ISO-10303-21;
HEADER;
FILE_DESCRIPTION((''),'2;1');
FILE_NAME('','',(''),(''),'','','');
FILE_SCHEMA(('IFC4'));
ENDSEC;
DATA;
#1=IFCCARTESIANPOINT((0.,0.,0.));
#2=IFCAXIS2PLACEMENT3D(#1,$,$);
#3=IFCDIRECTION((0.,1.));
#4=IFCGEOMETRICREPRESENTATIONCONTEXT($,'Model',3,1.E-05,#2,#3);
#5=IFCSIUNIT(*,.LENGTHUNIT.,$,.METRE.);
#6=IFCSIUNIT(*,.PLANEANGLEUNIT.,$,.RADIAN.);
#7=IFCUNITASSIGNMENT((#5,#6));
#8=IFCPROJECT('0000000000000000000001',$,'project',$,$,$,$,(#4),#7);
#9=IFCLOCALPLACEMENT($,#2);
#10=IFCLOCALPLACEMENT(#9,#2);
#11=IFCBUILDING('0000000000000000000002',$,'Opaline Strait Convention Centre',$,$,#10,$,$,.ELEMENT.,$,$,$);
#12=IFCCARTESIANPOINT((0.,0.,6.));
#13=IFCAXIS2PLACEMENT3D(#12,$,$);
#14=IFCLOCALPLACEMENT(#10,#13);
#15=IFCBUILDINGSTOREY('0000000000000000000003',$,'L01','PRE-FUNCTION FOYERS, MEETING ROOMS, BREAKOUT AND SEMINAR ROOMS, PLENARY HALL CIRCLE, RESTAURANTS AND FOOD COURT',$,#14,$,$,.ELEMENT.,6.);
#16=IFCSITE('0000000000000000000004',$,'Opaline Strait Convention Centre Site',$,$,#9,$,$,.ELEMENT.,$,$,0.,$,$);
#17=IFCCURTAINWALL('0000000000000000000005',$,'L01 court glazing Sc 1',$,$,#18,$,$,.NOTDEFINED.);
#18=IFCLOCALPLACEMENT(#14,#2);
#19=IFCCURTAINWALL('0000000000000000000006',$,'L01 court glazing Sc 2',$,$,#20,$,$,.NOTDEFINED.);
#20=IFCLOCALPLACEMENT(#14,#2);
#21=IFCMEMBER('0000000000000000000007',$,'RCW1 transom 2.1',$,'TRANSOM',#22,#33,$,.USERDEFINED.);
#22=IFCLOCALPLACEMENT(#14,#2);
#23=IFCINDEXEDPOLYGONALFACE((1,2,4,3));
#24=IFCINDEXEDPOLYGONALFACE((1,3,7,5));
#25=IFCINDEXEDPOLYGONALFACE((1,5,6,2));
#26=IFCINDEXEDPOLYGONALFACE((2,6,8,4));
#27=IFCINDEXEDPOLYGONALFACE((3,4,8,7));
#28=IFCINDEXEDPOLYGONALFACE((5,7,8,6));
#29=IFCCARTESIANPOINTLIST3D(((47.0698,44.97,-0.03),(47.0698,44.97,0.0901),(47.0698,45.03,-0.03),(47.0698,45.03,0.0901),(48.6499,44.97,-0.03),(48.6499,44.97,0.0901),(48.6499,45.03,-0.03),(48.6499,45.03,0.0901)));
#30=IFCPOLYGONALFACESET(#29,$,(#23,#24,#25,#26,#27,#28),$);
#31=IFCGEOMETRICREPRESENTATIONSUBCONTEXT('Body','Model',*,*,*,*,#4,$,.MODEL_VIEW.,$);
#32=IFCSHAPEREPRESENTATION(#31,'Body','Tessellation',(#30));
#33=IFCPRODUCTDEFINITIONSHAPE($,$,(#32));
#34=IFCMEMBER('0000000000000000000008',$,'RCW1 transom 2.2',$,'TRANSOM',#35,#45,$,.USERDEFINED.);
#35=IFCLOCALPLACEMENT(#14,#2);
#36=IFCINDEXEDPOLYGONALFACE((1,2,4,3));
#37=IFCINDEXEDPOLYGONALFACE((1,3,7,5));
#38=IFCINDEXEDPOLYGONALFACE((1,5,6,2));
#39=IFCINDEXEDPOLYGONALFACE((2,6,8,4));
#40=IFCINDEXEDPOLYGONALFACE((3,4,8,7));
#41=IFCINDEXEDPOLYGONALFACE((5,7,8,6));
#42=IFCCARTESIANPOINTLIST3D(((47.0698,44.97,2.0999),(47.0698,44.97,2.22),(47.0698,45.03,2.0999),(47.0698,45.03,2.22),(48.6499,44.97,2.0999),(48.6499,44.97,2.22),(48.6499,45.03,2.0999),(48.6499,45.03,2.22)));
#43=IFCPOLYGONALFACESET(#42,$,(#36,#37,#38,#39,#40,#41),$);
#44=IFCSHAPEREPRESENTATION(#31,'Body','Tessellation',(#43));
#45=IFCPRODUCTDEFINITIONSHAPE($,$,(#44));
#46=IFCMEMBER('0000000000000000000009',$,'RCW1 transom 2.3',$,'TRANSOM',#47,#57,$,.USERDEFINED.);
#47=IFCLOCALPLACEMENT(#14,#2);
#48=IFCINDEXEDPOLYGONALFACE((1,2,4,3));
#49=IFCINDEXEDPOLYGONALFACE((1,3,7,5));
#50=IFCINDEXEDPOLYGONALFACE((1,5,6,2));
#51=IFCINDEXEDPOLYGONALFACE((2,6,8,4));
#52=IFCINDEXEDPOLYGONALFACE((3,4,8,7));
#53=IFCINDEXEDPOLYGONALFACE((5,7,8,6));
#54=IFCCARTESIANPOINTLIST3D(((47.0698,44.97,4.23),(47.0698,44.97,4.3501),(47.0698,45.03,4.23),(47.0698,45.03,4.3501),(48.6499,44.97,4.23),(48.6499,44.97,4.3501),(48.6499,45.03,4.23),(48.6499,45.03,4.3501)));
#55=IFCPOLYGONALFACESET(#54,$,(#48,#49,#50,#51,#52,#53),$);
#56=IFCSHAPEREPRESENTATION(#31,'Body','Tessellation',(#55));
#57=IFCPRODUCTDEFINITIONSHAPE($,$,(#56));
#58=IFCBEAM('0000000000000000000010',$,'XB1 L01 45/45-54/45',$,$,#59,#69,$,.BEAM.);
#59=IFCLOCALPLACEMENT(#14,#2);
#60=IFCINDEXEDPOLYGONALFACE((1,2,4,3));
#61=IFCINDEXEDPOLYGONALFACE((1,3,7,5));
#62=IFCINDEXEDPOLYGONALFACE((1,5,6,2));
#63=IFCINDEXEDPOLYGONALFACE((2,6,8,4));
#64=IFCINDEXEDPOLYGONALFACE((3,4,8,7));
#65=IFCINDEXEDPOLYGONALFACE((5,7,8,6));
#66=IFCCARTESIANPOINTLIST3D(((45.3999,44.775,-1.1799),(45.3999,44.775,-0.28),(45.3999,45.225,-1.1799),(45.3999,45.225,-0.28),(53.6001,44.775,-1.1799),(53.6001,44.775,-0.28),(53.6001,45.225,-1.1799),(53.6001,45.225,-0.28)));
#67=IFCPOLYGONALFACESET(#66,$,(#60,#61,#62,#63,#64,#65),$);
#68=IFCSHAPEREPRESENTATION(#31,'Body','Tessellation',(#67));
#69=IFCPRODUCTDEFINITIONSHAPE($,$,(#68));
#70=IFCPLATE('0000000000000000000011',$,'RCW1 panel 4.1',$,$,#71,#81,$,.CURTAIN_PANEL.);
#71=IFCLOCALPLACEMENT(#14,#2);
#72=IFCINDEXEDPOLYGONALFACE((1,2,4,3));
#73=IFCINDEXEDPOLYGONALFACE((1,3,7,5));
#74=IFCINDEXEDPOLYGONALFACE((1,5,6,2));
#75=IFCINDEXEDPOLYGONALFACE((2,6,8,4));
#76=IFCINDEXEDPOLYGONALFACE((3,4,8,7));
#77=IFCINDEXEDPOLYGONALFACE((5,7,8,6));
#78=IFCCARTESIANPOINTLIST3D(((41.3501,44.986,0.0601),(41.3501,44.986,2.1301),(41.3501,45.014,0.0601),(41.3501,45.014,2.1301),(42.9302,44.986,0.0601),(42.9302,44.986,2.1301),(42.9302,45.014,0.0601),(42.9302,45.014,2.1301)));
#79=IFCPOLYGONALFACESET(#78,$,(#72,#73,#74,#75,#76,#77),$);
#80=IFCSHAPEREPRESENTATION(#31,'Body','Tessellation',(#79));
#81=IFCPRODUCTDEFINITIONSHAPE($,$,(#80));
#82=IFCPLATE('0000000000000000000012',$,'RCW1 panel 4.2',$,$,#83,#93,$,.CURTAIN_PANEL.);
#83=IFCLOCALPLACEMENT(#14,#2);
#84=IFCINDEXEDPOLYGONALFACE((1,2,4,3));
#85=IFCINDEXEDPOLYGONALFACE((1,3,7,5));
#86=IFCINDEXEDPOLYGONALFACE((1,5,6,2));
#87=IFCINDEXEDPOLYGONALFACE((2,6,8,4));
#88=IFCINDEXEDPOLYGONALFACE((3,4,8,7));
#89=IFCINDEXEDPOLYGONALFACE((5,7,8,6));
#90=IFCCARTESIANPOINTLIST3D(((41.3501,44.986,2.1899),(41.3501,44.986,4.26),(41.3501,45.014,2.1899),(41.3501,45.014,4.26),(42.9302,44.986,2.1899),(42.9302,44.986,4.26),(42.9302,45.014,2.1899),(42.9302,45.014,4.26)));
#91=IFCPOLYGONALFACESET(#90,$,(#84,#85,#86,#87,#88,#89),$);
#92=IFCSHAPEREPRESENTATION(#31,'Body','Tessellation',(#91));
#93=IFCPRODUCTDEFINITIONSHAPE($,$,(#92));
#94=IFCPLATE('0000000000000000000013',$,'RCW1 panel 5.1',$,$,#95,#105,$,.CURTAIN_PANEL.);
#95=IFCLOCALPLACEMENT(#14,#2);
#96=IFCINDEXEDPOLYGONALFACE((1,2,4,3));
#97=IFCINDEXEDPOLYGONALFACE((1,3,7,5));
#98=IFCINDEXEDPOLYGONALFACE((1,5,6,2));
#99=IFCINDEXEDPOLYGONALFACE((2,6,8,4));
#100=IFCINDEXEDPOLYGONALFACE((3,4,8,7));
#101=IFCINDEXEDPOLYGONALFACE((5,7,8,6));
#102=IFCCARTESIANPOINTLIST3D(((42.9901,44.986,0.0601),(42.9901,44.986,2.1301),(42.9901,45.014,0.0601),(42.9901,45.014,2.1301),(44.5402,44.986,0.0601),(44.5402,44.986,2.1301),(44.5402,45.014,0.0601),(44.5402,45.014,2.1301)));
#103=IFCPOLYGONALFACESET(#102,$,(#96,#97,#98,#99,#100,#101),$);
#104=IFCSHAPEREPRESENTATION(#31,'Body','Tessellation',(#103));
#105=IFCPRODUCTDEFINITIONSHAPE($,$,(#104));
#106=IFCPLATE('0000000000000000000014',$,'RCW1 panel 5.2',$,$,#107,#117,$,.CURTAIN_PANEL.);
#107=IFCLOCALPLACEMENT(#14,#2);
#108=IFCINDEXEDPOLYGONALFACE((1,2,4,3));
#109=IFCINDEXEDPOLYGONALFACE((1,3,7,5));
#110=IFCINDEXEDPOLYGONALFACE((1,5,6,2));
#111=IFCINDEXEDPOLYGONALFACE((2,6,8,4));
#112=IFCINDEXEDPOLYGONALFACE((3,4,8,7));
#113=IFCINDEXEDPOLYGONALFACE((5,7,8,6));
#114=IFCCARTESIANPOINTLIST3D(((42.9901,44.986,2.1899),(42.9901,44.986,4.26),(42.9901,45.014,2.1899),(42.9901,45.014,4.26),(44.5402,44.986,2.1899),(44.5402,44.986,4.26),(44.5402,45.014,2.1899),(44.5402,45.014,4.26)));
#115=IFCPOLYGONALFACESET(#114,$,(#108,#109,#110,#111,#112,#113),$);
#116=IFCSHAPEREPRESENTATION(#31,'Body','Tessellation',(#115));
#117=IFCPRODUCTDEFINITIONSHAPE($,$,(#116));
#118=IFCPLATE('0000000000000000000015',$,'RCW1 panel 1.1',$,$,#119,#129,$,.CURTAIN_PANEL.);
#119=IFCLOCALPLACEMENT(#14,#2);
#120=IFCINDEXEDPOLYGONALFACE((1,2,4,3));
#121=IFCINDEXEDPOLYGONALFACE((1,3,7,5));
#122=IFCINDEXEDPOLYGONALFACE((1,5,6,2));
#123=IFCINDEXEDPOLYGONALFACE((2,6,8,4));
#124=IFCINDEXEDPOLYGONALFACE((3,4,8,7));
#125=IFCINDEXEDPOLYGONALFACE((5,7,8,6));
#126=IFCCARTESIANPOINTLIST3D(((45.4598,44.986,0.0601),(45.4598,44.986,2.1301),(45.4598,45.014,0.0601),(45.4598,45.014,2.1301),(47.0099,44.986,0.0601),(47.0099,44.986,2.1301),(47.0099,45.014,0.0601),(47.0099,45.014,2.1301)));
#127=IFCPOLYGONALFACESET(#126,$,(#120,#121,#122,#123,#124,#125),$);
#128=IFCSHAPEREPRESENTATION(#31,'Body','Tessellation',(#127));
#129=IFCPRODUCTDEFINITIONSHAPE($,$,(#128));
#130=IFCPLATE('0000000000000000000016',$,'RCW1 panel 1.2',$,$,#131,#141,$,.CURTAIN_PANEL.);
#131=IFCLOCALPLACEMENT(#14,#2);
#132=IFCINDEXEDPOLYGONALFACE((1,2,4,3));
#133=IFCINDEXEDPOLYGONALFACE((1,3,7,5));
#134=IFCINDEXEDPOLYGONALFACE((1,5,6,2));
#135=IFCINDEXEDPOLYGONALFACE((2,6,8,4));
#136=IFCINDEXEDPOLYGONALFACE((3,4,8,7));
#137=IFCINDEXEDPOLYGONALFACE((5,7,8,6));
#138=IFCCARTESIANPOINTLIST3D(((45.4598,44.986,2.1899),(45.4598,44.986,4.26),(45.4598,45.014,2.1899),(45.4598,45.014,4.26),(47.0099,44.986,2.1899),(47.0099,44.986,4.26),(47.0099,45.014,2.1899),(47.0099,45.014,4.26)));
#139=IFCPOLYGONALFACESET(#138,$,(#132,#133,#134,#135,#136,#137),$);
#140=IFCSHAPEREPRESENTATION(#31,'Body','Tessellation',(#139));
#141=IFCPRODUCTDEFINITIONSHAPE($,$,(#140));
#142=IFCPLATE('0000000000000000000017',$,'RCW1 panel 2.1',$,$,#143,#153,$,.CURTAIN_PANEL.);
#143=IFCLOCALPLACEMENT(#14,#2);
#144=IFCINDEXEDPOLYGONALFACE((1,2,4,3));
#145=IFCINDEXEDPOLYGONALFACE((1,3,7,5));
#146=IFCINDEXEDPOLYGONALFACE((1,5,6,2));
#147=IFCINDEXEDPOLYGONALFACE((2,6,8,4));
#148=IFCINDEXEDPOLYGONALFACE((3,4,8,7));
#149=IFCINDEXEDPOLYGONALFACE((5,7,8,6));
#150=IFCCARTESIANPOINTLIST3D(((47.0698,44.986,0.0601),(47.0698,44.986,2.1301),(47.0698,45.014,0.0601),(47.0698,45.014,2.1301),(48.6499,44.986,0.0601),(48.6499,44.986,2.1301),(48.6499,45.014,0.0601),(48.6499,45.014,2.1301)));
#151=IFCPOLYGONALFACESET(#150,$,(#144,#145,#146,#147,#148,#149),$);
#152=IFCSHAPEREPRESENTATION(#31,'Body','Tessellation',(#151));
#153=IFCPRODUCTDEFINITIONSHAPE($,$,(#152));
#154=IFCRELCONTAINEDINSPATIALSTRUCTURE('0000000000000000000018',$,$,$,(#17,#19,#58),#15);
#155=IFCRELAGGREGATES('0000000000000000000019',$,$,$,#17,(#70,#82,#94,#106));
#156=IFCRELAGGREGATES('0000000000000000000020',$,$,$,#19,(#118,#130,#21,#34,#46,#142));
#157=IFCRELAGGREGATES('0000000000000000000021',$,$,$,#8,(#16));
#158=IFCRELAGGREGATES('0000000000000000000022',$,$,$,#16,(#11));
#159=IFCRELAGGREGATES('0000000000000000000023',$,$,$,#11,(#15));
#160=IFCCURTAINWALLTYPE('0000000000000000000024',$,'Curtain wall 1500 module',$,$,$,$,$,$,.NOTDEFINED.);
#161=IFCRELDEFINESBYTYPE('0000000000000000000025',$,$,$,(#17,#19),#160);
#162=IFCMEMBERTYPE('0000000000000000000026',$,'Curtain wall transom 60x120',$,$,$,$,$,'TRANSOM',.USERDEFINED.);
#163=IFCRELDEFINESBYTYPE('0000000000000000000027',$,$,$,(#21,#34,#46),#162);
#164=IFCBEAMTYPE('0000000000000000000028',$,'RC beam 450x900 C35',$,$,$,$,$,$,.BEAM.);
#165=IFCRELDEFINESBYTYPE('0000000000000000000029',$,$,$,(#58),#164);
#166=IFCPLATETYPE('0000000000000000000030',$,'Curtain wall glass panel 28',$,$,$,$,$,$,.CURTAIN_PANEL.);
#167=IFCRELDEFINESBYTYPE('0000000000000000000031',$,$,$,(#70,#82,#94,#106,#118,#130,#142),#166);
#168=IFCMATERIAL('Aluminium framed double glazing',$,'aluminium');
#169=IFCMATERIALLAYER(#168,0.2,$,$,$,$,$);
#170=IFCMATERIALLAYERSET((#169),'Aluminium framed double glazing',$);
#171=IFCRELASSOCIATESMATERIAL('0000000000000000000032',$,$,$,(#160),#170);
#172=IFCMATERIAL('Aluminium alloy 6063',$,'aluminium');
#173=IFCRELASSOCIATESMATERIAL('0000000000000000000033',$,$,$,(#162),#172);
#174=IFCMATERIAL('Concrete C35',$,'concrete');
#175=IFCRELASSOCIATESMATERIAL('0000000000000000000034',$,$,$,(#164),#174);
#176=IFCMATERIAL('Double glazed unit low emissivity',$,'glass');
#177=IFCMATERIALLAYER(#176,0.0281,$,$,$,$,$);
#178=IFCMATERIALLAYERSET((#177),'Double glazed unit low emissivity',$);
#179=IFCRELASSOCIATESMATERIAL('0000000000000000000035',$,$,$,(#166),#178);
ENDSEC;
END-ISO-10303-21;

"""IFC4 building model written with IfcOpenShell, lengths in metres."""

from ifc_helpers import new_model, si_unit, direction, frame, origin, origin_2d, place, context, subcontext, project, spatial, rectangle, extrude, material, layer, layer_set, material_profile, profile_set, type_object, element, aggregate, save


model = new_model("IFC4")

# Units and contexts
model_context = context("Model", 3, precision=1e-05, world=origin(), true_north=direction((0.0, 1.0)))
body_context = subcontext(model_context, "Body", "Model", "MODEL_VIEW")
ifc_project = project(units=[si_unit("LENGTHUNIT", "METRE"), si_unit("PLANEANGLEUNIT", "RADIAN")], contexts=[model_context])

# Site, building, storey
site_placement = place(None, origin())
site = spatial("IfcSite", under=ifc_project, at=site_placement, Name="Opaline Strait Convention Centre Site", CompositionType="ELEMENT", RefElevation=0.0)
building_placement = place(site_placement, origin())
building = spatial("IfcBuilding", under=site, at=building_placement, Name="Opaline Strait Convention Centre", CompositionType="ELEMENT")
storey_placement = place(building_placement, frame((0.0, 0.0, 6.0)))
storey = spatial("IfcBuildingStorey", under=building, at=storey_placement, Name="L01", Description="PRE-FUNCTION FOYERS, MEETING ROOMS, BREAKOUT AND SEMINAR ROOMS, PLENARY HALL CIRCLE, RESTAURANTS AND FOOD COURT", CompositionType="ELEMENT", Elevation=6.0)

# Curtain walls
ifc_material_1 = material(Name="Aluminium framed double glazing", Category="aluminium")
ifc_layer_1 = layer(ifc_material_1, 0.2)
ifc_layer_set_1 = layer_set([ifc_layer_1], Name="Aluminium framed double glazing")
curtain_wall_type = type_object("IfcCurtainWallType", Name="Curtain wall 1500 module", PredefinedType="NOTDEFINED", material=ifc_layer_set_1)
curtain_wall_1_placement = place(storey_placement, origin())
curtain_wall_1 = element("IfcCurtainWall", 1, at=curtain_wall_1_placement, inside=storey, type_object=curtain_wall_type, Name="L01 court glazing Sc 1", PredefinedType="NOTDEFINED")
ifc_material_2 = material(Name="Aluminium alloy 6063", Category="aluminium")
curtain_wall_2_placement = place(storey_placement, origin())
curtain_wall_2 = element("IfcCurtainWall", 2, at=curtain_wall_2_placement, inside=storey, type_object=curtain_wall_type, Name="L01 court glazing Sc 2", PredefinedType="NOTDEFINED")

# Members
ifc_material_profile_1 = material_profile(ifc_material_2, rectangle(XDim=0.0601, YDim=0.1201, at=origin_2d()), Name="Curtain wall transom 60x120")
ifc_profile_set_1 = profile_set([ifc_material_profile_1], Name="Aluminium alloy 6063")
member_type_1 = type_object("IfcMemberType", Name="Curtain wall transom 60x120", ElementType="TRANSOM", PredefinedType="USERDEFINED", material=ifc_profile_set_1)
member_1_placement = place(storey_placement, frame((47.0698, 45.0, 0.03), z_axis=(1.0, 0.0, 0.0), x_axis=(0.0, 1.0, 0.0)))
member_1 = element("IfcMember", 3, at=member_1_placement, type_object=member_type_1, Name="RCW1 transom 2.1", ObjectType="TRANSOM", PredefinedType="USERDEFINED", context=body_context, shape_type="SweptSolid", body=[
    extrude(rectangle(XDim=0.0601, YDim=0.1201, at=origin_2d()), origin(), (0.0, 0.0, 1.0), 1.5801),
])
member_2_placement = place(storey_placement, frame((47.0698, 45.0, 2.1599), z_axis=(1.0, 0.0, 0.0), x_axis=(0.0, 1.0, 0.0)))
member_2 = element("IfcMember", 4, at=member_2_placement, type_object=member_type_1, Name="RCW1 transom 2.2", ObjectType="TRANSOM", PredefinedType="USERDEFINED", context=body_context, shape_type="SweptSolid", body=[
    extrude(rectangle(XDim=0.0601, YDim=0.1201, at=origin_2d()), origin(), (0.0, 0.0, 1.0), 1.5801),
])
member_3_placement = place(storey_placement, frame((47.0698, 45.0, 4.29), z_axis=(1.0, 0.0, 0.0), x_axis=(0.0, 1.0, 0.0)))
member_3 = element("IfcMember", 5, at=member_3_placement, type_object=member_type_1, Name="RCW1 transom 2.3", ObjectType="TRANSOM", PredefinedType="USERDEFINED", context=body_context, shape_type="SweptSolid", body=[
    extrude(rectangle(XDim=0.0601, YDim=0.1201, at=origin_2d()), origin(), (0.0, 0.0, 1.0), 1.5801),
])

# Beam
ifc_material_3 = material(Name="Concrete C35", Category="concrete")
ifc_material_profile_2 = material_profile(ifc_material_3, rectangle(XDim=0.45, YDim=0.8999, at=origin_2d()), Name="RC 450x900")
ifc_profile_set_2 = profile_set([ifc_material_profile_2], Name="Concrete C35")
beam_type = type_object("IfcBeamType", Name="RC beam 450x900 C35", PredefinedType="BEAM", material=ifc_profile_set_2)
beam_placement = place(storey_placement, frame((45.3999, 45.0, -0.73), z_axis=(1.0, 0.0, 0.0), x_axis=(0.0, 1.0, 0.0)))
element("IfcBeam", 6, at=beam_placement, inside=storey, type_object=beam_type, Name="XB1 L01 45/45-54/45", PredefinedType="BEAM", context=body_context, shape_type="SweptSolid", body=[
    extrude(rectangle(XDim=0.45, YDim=0.8999, at=origin_2d()), origin(), (0.0, 0.0, 1.0), 8.2002),
])

# Plates
ifc_material_4 = material(Name="Double glazed unit low emissivity", Category="glass")
ifc_layer_2 = layer(ifc_material_4, 0.0281)
ifc_layer_set_2 = layer_set([ifc_layer_2], Name="Double glazed unit low emissivity")
plate_type = type_object("IfcPlateType", Name="Curtain wall glass panel 28", PredefinedType="CURTAIN_PANEL", material=ifc_layer_set_2)
plate_1_placement = place(storey_placement, frame((42.1401, 45.0, 0.0601), z_axis=(0.0, 0.0, 1.0), x_axis=(1.0, 0.0, 0.0)))
plate_1 = element("IfcPlate", 7, at=plate_1_placement, type_object=plate_type, Name="RCW1 panel 4.1", PredefinedType="CURTAIN_PANEL", context=body_context, shape_type="SweptSolid", body=[
    extrude(rectangle(XDim=1.5801, YDim=0.0281, at=origin_2d()), origin(), (0.0, 0.0, 1.0), 2.0701),
])
plate_2_placement = place(storey_placement, frame((42.1401, 45.0, 2.1899), z_axis=(0.0, 0.0, 1.0), x_axis=(1.0, 0.0, 0.0)))
plate_2 = element("IfcPlate", 8, at=plate_2_placement, type_object=plate_type, Name="RCW1 panel 4.2", PredefinedType="CURTAIN_PANEL", context=body_context, shape_type="SweptSolid", body=[
    extrude(rectangle(XDim=1.5801, YDim=0.0281, at=origin_2d()), origin(), (0.0, 0.0, 1.0), 2.0701),
])
plate_3_placement = place(storey_placement, frame((43.7651, 45.0, 0.0601), z_axis=(0.0, 0.0, 1.0), x_axis=(1.0, 0.0, 0.0)))
plate_3 = element("IfcPlate", 9, at=plate_3_placement, type_object=plate_type, Name="RCW1 panel 5.1", PredefinedType="CURTAIN_PANEL", context=body_context, shape_type="SweptSolid", body=[
    extrude(rectangle(XDim=1.55, YDim=0.0281, at=origin_2d()), origin(), (0.0, 0.0, 1.0), 2.0701),
])
plate_4_placement = place(storey_placement, frame((43.7651, 45.0, 2.1899), z_axis=(0.0, 0.0, 1.0), x_axis=(1.0, 0.0, 0.0)))
plate_4 = element("IfcPlate", 10, at=plate_4_placement, type_object=plate_type, Name="RCW1 panel 5.2", PredefinedType="CURTAIN_PANEL", context=body_context, shape_type="SweptSolid", body=[
    extrude(rectangle(XDim=1.55, YDim=0.0281, at=origin_2d()), origin(), (0.0, 0.0, 1.0), 2.0701),
])
aggregate(curtain_wall_1, [plate_1, plate_2, plate_3, plate_4])
plate_5_placement = place(storey_placement, frame((46.2349, 45.0, 0.0601), z_axis=(0.0, 0.0, 1.0), x_axis=(1.0, 0.0, 0.0)))
plate_5 = element("IfcPlate", 11, at=plate_5_placement, type_object=plate_type, Name="RCW1 panel 1.1", PredefinedType="CURTAIN_PANEL", context=body_context, shape_type="SweptSolid", body=[
    extrude(rectangle(XDim=1.55, YDim=0.0281, at=origin_2d()), origin(), (0.0, 0.0, 1.0), 2.0701),
])
plate_6_placement = place(storey_placement, frame((46.2349, 45.0, 2.1899), z_axis=(0.0, 0.0, 1.0), x_axis=(1.0, 0.0, 0.0)))
plate_6 = element("IfcPlate", 12, at=plate_6_placement, type_object=plate_type, Name="RCW1 panel 1.2", PredefinedType="CURTAIN_PANEL", context=body_context, shape_type="SweptSolid", body=[
    extrude(rectangle(XDim=1.55, YDim=0.0281, at=origin_2d()), origin(), (0.0, 0.0, 1.0), 2.0701),
])
plate_7_placement = place(storey_placement, frame((47.8599, 45.0, 0.0601), z_axis=(0.0, 0.0, 1.0), x_axis=(1.0, 0.0, 0.0)))
plate_7 = element("IfcPlate", 13, at=plate_7_placement, type_object=plate_type, Name="RCW1 panel 2.1", PredefinedType="CURTAIN_PANEL", context=body_context, shape_type="SweptSolid", body=[
    extrude(rectangle(XDim=1.5801, YDim=0.0281, at=origin_2d()), origin(), (0.0, 0.0, 1.0), 2.0701),
])
aggregate(curtain_wall_2, [plate_5, plate_6, member_1, member_2, member_3, plate_7])

save(model, "model.ifc")
